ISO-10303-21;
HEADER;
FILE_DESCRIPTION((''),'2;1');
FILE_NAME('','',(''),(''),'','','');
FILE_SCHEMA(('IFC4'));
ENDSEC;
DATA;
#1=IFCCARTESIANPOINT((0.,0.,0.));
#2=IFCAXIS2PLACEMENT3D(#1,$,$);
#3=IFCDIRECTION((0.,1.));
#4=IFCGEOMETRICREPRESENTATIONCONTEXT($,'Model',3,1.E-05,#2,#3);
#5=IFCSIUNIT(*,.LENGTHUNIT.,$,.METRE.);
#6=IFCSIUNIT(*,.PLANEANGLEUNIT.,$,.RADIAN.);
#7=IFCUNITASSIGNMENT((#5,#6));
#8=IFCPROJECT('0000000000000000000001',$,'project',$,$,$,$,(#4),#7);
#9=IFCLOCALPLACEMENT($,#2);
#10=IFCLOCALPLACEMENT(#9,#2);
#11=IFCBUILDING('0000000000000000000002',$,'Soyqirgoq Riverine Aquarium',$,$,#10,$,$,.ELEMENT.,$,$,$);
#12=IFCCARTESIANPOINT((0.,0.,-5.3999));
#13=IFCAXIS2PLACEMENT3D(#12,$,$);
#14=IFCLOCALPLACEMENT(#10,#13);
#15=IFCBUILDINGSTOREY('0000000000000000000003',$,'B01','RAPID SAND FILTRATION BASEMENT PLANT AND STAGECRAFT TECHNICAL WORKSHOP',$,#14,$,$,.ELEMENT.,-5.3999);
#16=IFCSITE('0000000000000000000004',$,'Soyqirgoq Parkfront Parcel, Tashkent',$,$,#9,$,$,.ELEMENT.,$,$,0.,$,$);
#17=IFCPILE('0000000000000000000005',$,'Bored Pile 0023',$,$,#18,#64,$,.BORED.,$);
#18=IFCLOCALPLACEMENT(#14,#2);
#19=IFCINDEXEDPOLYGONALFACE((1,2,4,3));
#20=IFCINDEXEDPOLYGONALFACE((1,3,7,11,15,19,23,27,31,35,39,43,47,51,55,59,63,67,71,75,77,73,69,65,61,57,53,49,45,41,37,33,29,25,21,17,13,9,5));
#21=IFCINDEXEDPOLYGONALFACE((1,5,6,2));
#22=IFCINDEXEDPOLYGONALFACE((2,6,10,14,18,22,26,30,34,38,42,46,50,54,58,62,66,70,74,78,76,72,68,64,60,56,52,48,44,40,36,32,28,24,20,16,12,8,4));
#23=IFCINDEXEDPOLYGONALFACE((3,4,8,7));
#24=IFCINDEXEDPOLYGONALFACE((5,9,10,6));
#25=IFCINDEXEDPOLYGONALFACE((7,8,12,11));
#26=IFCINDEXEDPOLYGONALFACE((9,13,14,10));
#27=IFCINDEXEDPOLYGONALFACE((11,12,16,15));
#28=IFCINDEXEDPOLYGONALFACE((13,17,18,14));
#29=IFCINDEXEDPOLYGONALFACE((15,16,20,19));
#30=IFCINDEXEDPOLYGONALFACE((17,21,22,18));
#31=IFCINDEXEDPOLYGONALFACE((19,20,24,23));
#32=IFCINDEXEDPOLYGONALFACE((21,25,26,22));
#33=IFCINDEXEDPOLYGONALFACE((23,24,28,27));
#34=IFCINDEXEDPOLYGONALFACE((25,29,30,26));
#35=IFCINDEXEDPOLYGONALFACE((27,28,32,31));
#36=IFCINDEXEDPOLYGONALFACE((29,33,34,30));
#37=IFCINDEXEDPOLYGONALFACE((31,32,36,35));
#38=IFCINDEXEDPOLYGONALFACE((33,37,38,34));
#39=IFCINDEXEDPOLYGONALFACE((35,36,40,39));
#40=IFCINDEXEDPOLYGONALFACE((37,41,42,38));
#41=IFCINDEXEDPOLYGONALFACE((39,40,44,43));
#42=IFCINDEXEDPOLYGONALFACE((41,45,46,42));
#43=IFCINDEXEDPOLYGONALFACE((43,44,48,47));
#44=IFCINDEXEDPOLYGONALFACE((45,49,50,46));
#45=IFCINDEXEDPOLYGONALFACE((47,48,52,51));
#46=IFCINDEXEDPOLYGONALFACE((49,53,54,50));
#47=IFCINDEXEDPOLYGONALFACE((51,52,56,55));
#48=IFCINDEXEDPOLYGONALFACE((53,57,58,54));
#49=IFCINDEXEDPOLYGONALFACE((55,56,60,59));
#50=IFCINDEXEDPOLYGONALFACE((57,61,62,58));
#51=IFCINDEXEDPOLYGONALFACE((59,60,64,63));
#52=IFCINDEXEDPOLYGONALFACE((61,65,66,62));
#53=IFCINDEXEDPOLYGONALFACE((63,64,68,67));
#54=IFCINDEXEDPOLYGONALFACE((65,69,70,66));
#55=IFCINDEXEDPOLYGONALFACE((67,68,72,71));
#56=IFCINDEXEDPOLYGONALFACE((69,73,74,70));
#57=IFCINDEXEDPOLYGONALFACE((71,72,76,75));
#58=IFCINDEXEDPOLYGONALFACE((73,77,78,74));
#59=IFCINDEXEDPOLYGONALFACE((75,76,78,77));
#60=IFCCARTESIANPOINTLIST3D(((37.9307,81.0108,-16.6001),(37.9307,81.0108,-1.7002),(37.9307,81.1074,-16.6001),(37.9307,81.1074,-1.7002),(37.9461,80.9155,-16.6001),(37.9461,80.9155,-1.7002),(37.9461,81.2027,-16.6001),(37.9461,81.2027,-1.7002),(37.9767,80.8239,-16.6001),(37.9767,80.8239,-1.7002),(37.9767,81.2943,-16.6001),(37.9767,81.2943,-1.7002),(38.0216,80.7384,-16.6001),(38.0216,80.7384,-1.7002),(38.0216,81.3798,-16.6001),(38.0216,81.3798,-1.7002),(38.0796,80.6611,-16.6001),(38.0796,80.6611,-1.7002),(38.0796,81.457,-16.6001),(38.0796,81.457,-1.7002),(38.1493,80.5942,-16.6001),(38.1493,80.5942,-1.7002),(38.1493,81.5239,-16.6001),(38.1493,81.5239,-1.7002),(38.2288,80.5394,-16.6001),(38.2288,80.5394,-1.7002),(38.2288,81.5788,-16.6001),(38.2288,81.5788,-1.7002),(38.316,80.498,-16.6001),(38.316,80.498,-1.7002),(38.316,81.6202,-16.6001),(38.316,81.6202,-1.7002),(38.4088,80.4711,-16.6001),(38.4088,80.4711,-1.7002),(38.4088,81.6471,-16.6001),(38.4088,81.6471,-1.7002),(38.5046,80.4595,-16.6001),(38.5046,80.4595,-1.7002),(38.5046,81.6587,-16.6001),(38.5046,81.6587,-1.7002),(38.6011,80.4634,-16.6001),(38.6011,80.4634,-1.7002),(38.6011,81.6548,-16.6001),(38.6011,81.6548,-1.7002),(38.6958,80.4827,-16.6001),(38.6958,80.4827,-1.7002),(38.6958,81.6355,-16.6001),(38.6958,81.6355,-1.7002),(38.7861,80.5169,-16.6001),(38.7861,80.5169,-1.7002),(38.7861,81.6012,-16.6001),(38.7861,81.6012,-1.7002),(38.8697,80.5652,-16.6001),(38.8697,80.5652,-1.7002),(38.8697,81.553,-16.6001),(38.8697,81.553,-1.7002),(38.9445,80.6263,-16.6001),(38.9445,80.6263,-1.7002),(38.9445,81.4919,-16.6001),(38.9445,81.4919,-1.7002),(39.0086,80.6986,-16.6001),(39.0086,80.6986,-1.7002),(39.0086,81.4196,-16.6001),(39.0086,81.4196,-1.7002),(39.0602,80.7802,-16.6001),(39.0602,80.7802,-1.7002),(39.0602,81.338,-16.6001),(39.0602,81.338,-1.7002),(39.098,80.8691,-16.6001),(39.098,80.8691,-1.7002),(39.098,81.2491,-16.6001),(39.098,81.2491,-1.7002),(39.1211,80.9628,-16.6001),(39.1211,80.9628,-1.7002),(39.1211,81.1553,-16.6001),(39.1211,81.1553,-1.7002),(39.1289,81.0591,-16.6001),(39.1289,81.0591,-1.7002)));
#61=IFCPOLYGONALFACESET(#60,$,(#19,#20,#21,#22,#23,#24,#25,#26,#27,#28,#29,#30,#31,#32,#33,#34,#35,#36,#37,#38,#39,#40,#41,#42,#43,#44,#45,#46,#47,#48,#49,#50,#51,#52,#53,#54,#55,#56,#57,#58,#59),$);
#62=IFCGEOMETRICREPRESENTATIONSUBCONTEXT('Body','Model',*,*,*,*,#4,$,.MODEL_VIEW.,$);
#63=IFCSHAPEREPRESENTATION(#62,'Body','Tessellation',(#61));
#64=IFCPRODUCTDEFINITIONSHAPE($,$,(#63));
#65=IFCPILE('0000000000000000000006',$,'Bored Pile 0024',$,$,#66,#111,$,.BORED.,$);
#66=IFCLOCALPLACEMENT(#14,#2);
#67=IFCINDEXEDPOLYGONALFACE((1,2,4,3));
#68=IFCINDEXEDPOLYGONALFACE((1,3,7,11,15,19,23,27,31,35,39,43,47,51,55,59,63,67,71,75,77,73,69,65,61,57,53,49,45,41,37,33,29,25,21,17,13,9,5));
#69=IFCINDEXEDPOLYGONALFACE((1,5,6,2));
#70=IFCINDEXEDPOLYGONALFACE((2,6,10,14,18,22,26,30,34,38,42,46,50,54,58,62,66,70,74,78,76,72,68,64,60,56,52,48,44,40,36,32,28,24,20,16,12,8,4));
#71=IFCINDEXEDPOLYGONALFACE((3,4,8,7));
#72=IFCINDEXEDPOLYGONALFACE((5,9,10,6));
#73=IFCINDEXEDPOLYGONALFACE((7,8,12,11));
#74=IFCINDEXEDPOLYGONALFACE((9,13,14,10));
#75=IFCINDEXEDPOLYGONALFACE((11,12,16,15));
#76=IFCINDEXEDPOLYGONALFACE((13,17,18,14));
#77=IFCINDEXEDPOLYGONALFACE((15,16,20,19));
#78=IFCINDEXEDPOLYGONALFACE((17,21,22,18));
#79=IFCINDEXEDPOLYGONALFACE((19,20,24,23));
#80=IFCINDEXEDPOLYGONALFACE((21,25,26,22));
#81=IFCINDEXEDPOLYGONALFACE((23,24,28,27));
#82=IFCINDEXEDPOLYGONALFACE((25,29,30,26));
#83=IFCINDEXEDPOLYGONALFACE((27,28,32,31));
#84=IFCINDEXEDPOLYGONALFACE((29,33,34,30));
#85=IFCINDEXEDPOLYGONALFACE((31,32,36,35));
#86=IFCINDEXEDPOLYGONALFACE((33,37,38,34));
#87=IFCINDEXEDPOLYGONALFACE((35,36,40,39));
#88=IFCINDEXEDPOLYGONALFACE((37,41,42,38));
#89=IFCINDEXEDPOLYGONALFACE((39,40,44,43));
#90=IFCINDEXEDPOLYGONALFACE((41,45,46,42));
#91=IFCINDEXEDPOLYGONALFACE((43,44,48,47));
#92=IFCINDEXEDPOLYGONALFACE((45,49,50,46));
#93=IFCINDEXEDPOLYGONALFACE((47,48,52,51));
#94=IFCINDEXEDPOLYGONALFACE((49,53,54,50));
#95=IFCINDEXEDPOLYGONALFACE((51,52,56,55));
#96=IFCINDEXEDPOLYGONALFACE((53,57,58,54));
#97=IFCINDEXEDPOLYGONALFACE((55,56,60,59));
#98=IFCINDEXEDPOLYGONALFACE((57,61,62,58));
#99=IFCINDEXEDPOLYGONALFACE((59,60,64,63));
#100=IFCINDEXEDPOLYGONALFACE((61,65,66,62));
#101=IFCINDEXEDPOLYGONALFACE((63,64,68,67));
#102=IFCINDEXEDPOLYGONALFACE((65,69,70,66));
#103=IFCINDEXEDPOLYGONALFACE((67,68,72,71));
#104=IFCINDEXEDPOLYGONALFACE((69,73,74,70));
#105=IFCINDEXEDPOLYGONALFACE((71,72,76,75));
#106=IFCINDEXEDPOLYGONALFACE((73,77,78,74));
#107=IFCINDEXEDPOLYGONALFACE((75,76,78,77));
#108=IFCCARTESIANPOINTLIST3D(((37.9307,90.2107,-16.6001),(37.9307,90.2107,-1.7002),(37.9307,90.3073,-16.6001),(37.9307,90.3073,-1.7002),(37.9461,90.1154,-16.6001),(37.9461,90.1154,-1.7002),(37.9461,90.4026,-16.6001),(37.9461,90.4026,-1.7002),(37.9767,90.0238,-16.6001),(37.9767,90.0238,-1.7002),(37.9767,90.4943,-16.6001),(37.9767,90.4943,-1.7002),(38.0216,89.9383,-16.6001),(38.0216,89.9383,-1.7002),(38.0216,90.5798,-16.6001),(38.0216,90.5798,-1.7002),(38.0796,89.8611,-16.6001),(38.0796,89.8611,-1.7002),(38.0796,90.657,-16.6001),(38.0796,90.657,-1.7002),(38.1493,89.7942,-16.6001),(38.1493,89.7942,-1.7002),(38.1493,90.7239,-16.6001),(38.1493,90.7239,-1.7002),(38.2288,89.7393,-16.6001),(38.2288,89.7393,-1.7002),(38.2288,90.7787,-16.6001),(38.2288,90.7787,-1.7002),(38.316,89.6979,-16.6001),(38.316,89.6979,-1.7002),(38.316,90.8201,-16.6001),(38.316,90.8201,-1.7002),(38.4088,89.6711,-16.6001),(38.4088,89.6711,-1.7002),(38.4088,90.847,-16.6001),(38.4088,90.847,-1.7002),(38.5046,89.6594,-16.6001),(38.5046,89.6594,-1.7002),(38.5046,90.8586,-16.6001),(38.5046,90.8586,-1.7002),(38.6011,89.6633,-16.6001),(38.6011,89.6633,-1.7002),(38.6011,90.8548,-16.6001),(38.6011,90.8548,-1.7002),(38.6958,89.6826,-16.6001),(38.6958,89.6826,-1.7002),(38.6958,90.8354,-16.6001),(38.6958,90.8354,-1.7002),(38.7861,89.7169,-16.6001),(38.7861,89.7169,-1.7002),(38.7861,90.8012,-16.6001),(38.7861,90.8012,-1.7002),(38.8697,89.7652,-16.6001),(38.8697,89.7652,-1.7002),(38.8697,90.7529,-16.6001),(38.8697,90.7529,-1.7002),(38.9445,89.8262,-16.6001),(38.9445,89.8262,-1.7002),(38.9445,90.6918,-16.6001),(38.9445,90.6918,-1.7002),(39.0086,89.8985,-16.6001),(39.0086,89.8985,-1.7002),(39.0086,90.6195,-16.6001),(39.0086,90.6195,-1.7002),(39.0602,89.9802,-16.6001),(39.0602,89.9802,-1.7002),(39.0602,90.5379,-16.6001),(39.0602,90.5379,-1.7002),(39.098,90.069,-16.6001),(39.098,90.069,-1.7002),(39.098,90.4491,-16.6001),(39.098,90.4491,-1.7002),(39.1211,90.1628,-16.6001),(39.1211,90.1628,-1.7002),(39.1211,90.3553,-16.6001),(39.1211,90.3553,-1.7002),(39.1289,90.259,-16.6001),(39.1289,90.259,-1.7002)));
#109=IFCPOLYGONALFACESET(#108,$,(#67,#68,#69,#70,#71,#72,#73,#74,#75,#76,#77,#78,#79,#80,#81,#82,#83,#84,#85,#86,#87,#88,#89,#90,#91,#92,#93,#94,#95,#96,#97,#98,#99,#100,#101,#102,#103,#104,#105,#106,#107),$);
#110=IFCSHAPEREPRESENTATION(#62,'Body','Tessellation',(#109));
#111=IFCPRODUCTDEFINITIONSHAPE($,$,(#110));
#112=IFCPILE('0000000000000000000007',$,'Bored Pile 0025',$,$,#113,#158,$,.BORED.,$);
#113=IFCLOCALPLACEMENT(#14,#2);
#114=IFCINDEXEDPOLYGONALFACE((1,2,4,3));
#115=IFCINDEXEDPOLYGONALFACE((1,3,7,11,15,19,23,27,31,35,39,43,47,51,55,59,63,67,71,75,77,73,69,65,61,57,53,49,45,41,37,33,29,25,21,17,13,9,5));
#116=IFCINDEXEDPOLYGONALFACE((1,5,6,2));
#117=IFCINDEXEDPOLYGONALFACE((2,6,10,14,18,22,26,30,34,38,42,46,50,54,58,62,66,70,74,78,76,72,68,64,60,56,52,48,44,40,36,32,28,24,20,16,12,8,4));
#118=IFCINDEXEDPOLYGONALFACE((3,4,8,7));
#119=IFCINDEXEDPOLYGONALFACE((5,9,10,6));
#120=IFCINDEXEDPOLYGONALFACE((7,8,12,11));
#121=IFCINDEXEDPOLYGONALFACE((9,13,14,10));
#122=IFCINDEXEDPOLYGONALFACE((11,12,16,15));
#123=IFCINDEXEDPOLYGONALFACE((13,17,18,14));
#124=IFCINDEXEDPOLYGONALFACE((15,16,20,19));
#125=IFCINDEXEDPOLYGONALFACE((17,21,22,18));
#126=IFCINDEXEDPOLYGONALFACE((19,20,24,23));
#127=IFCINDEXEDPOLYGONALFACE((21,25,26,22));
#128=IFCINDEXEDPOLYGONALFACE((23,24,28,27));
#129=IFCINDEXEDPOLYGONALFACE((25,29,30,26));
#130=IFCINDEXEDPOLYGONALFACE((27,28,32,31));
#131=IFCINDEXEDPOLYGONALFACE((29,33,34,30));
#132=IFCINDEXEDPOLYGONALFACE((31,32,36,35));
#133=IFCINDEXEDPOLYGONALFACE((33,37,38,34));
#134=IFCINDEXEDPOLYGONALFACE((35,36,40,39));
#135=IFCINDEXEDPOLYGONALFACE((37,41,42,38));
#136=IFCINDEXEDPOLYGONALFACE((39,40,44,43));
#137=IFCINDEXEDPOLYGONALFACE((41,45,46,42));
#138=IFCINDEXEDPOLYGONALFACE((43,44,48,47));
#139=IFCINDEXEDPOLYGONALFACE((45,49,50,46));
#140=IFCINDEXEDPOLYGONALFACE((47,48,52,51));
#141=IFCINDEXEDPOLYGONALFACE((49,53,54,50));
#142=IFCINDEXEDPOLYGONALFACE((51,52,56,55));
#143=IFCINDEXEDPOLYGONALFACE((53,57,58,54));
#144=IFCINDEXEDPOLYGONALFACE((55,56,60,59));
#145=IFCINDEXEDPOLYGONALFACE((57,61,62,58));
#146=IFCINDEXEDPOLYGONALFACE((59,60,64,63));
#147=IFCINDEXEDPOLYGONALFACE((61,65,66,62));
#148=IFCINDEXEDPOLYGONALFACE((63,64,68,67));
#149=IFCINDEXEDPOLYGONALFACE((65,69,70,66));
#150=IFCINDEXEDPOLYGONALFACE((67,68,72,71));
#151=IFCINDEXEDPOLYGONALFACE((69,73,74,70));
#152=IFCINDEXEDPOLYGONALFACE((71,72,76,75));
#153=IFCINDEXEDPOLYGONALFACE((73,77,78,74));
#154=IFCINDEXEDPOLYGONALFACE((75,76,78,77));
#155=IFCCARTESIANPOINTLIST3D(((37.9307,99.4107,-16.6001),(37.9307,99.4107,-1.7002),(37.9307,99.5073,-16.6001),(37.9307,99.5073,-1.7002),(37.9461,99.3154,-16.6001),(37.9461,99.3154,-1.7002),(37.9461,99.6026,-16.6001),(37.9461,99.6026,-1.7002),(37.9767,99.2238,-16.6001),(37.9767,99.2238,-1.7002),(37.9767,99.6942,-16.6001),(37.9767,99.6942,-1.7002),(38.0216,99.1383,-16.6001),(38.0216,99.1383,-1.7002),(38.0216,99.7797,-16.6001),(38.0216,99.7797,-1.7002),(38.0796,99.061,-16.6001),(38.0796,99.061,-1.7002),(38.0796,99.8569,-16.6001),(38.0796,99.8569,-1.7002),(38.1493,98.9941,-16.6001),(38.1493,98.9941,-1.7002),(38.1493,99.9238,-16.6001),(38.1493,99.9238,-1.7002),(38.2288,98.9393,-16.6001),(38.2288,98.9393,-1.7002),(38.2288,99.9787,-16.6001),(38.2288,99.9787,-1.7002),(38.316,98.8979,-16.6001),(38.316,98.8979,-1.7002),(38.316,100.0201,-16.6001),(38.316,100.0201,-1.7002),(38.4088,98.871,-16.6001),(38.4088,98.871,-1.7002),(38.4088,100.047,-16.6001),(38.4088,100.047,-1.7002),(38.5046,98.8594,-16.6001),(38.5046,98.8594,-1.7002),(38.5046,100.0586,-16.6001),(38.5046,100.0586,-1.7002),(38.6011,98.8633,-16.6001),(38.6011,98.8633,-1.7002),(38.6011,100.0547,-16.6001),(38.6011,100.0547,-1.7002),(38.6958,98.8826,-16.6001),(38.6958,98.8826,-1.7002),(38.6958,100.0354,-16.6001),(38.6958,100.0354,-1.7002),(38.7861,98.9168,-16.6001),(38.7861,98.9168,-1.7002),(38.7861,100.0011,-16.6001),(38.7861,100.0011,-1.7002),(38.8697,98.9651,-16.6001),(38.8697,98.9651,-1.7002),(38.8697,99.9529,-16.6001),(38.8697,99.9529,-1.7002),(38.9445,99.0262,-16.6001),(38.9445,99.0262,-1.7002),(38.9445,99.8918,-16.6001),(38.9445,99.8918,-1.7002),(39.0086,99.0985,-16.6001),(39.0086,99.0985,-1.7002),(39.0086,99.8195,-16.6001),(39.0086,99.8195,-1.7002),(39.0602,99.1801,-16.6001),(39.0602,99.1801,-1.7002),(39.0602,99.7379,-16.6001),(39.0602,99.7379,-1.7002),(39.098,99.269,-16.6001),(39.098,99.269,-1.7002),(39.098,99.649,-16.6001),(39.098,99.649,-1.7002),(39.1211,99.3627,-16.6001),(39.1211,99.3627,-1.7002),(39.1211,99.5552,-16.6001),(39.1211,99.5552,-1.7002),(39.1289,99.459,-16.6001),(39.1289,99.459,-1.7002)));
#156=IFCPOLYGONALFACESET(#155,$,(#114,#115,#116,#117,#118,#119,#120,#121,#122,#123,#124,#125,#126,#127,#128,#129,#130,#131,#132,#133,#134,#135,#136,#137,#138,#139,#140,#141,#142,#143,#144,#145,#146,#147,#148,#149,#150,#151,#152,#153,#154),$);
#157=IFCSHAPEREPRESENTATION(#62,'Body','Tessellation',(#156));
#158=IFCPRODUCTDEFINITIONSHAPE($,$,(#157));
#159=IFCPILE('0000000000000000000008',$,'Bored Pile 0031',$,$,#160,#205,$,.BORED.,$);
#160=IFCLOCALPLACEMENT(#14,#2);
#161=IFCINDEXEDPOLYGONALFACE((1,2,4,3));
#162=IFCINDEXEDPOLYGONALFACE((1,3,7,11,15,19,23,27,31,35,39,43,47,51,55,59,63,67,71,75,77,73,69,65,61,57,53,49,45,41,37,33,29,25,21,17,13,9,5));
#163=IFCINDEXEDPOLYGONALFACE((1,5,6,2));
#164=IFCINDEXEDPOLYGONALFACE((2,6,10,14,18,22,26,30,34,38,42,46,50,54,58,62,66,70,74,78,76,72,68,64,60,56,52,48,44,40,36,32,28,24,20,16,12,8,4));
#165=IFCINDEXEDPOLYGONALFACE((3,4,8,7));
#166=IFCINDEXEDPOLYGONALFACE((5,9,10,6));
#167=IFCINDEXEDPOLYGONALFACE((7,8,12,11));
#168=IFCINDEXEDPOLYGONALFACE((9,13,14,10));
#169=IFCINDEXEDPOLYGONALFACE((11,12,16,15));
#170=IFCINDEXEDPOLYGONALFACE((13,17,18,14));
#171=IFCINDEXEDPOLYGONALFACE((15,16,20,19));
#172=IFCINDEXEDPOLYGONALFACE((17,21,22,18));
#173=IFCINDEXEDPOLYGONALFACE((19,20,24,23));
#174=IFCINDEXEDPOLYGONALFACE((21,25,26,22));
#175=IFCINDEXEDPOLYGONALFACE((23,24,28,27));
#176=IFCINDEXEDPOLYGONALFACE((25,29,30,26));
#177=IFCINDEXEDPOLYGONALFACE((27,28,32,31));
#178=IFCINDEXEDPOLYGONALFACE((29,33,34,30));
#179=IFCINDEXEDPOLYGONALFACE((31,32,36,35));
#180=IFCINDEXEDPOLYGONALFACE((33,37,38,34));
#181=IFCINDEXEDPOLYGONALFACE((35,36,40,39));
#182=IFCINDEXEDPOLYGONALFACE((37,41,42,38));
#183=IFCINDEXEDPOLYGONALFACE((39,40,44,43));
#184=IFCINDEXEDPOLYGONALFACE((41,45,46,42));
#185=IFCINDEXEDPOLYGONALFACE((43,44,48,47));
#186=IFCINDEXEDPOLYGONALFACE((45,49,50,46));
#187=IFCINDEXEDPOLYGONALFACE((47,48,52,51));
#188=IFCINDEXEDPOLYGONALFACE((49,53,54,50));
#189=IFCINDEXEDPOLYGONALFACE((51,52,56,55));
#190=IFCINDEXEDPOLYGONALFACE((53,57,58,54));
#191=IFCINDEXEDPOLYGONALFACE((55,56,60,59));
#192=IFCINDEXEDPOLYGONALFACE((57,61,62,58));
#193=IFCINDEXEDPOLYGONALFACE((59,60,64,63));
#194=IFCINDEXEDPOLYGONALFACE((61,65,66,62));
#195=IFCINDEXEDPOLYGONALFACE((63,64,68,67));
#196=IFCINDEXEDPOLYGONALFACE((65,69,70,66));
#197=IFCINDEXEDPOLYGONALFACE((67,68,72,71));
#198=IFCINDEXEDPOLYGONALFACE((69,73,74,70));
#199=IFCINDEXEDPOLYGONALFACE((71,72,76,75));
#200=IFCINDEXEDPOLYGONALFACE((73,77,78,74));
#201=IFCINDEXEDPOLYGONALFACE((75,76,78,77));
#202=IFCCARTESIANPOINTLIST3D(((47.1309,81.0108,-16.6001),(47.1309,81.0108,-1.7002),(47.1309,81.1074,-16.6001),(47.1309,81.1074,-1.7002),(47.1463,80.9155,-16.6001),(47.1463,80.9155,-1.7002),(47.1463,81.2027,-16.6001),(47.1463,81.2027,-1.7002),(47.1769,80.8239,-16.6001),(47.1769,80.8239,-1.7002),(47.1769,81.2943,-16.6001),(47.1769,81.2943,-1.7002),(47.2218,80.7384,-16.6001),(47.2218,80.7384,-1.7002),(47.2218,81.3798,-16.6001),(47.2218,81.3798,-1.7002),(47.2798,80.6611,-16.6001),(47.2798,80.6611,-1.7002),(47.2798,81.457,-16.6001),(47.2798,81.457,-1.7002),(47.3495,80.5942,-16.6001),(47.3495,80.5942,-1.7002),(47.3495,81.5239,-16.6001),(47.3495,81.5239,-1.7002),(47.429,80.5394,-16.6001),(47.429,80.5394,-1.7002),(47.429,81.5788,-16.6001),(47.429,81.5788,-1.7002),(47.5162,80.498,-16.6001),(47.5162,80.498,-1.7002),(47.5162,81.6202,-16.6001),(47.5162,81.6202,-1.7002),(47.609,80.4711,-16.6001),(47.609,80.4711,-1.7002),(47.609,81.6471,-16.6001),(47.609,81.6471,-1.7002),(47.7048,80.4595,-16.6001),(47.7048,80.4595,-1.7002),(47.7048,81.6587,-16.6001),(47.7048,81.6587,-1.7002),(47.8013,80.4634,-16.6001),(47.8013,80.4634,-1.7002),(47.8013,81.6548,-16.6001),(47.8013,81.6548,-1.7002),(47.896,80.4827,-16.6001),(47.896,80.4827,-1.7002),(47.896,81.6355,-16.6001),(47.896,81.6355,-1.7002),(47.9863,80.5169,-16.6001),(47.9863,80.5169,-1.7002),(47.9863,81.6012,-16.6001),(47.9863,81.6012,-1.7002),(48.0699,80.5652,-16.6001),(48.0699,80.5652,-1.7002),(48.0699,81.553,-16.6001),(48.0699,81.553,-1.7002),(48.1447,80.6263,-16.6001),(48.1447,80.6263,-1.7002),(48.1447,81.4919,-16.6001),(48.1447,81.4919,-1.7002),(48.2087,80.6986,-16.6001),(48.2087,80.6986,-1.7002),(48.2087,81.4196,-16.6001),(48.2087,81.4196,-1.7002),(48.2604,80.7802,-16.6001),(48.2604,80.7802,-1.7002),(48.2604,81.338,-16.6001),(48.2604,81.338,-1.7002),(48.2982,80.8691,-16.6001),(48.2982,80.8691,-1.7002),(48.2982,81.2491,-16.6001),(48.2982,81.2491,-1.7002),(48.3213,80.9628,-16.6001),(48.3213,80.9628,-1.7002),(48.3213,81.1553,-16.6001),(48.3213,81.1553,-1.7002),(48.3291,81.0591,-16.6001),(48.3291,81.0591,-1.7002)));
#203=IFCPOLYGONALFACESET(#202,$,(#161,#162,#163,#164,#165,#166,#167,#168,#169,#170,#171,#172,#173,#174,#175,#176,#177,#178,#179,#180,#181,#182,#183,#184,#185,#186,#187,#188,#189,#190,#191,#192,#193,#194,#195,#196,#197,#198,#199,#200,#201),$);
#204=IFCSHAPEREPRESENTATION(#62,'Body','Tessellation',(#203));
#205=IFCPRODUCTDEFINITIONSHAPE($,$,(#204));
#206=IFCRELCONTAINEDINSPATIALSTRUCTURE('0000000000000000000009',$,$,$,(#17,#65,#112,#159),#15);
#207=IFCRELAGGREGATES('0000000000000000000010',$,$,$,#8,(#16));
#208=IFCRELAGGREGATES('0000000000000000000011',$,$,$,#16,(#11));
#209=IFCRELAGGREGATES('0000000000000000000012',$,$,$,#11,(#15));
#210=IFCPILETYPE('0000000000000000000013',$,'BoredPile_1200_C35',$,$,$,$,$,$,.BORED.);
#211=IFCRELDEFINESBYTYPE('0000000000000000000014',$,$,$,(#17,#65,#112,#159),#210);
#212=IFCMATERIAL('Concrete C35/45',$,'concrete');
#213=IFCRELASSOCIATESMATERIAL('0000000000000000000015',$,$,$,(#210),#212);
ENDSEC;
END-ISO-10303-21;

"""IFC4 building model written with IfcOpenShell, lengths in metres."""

from ifc_helpers import new_model, si_unit, direction, frame, origin, origin_2d, place, context, subcontext, project, spatial, circle, extrude, material, material_profile, profile_set, type_object, element, save


model = new_model("IFC4")

# Units and contexts
model_context = context("Model", 3, precision=1e-05, world=origin(), true_north=direction((0.0, 1.0)))
body_context = subcontext(model_context, "Body", "Model", "MODEL_VIEW")
ifc_project = project(units=[si_unit("LENGTHUNIT", "METRE"), si_unit("PLANEANGLEUNIT", "RADIAN")], contexts=[model_context])

# Site, building, storey
site_placement = place(None, origin())
site = spatial("IfcSite", under=ifc_project, at=site_placement, Name="Soyqirgoq Parkfront Parcel, Tashkent", CompositionType="ELEMENT", RefElevation=0.0)
building_placement = place(site_placement, origin())
building = spatial("IfcBuilding", under=site, at=building_placement, Name="Soyqirgoq Riverine Aquarium", CompositionType="ELEMENT")
storey_placement = place(building_placement, frame((0.0, 0.0, -5.3999)))
storey = spatial("IfcBuildingStorey", under=building, at=storey_placement, Name="B01", Description="RAPID SAND FILTRATION BASEMENT PLANT AND STAGECRAFT TECHNICAL WORKSHOP", CompositionType="ELEMENT", Elevation=-5.3999)

# Piles
ifc_material_1 = material(Name="Concrete C35/45", Category="concrete")
ifc_material_profile_1 = material_profile(ifc_material_1, circle(Radius=0.6001, at=origin_2d()), Name="BP D1200")
ifc_profile_set_1 = profile_set([ifc_material_profile_1], Name="Concrete C35/45")
pile_type = type_object("IfcPileType", Name="BoredPile_1200_C35", PredefinedType="BORED", material=ifc_profile_set_1)
for number, where, z_axis, x_axis, name in (
    (1, (38.5288, 81.0591, -1.7002), (0.0, 0.0, -1.0), (1.0, 0.0, 0.0), "Bored Pile 0023"),
    (2, (38.5288, 90.259, -1.7002), (0.0, 0.0, -1.0), (1.0, 0.0, 0.0), "Bored Pile 0024"),
    (3, (38.5288, 99.459, -1.7002), (0.0, 0.0, -1.0), (1.0, 0.0, 0.0), "Bored Pile 0025"),
    (4, (47.729, 81.0591, -1.7002), (0.0, 0.0, -1.0), (1.0, 0.0, 0.0), "Bored Pile 0031"),
):
    element("IfcPile", number, at=place(storey_placement, frame(where, z_axis=z_axis, x_axis=x_axis)), inside=storey, type_object=pile_type, Name=name, PredefinedType="BORED", context=body_context, shape_type="SweptSolid", body=[
        extrude(circle(Radius=0.6001, at=origin_2d()), origin(), (0.0, 0.0, 1.0), 14.8999),
    ])

save(model, "model.ifc")
